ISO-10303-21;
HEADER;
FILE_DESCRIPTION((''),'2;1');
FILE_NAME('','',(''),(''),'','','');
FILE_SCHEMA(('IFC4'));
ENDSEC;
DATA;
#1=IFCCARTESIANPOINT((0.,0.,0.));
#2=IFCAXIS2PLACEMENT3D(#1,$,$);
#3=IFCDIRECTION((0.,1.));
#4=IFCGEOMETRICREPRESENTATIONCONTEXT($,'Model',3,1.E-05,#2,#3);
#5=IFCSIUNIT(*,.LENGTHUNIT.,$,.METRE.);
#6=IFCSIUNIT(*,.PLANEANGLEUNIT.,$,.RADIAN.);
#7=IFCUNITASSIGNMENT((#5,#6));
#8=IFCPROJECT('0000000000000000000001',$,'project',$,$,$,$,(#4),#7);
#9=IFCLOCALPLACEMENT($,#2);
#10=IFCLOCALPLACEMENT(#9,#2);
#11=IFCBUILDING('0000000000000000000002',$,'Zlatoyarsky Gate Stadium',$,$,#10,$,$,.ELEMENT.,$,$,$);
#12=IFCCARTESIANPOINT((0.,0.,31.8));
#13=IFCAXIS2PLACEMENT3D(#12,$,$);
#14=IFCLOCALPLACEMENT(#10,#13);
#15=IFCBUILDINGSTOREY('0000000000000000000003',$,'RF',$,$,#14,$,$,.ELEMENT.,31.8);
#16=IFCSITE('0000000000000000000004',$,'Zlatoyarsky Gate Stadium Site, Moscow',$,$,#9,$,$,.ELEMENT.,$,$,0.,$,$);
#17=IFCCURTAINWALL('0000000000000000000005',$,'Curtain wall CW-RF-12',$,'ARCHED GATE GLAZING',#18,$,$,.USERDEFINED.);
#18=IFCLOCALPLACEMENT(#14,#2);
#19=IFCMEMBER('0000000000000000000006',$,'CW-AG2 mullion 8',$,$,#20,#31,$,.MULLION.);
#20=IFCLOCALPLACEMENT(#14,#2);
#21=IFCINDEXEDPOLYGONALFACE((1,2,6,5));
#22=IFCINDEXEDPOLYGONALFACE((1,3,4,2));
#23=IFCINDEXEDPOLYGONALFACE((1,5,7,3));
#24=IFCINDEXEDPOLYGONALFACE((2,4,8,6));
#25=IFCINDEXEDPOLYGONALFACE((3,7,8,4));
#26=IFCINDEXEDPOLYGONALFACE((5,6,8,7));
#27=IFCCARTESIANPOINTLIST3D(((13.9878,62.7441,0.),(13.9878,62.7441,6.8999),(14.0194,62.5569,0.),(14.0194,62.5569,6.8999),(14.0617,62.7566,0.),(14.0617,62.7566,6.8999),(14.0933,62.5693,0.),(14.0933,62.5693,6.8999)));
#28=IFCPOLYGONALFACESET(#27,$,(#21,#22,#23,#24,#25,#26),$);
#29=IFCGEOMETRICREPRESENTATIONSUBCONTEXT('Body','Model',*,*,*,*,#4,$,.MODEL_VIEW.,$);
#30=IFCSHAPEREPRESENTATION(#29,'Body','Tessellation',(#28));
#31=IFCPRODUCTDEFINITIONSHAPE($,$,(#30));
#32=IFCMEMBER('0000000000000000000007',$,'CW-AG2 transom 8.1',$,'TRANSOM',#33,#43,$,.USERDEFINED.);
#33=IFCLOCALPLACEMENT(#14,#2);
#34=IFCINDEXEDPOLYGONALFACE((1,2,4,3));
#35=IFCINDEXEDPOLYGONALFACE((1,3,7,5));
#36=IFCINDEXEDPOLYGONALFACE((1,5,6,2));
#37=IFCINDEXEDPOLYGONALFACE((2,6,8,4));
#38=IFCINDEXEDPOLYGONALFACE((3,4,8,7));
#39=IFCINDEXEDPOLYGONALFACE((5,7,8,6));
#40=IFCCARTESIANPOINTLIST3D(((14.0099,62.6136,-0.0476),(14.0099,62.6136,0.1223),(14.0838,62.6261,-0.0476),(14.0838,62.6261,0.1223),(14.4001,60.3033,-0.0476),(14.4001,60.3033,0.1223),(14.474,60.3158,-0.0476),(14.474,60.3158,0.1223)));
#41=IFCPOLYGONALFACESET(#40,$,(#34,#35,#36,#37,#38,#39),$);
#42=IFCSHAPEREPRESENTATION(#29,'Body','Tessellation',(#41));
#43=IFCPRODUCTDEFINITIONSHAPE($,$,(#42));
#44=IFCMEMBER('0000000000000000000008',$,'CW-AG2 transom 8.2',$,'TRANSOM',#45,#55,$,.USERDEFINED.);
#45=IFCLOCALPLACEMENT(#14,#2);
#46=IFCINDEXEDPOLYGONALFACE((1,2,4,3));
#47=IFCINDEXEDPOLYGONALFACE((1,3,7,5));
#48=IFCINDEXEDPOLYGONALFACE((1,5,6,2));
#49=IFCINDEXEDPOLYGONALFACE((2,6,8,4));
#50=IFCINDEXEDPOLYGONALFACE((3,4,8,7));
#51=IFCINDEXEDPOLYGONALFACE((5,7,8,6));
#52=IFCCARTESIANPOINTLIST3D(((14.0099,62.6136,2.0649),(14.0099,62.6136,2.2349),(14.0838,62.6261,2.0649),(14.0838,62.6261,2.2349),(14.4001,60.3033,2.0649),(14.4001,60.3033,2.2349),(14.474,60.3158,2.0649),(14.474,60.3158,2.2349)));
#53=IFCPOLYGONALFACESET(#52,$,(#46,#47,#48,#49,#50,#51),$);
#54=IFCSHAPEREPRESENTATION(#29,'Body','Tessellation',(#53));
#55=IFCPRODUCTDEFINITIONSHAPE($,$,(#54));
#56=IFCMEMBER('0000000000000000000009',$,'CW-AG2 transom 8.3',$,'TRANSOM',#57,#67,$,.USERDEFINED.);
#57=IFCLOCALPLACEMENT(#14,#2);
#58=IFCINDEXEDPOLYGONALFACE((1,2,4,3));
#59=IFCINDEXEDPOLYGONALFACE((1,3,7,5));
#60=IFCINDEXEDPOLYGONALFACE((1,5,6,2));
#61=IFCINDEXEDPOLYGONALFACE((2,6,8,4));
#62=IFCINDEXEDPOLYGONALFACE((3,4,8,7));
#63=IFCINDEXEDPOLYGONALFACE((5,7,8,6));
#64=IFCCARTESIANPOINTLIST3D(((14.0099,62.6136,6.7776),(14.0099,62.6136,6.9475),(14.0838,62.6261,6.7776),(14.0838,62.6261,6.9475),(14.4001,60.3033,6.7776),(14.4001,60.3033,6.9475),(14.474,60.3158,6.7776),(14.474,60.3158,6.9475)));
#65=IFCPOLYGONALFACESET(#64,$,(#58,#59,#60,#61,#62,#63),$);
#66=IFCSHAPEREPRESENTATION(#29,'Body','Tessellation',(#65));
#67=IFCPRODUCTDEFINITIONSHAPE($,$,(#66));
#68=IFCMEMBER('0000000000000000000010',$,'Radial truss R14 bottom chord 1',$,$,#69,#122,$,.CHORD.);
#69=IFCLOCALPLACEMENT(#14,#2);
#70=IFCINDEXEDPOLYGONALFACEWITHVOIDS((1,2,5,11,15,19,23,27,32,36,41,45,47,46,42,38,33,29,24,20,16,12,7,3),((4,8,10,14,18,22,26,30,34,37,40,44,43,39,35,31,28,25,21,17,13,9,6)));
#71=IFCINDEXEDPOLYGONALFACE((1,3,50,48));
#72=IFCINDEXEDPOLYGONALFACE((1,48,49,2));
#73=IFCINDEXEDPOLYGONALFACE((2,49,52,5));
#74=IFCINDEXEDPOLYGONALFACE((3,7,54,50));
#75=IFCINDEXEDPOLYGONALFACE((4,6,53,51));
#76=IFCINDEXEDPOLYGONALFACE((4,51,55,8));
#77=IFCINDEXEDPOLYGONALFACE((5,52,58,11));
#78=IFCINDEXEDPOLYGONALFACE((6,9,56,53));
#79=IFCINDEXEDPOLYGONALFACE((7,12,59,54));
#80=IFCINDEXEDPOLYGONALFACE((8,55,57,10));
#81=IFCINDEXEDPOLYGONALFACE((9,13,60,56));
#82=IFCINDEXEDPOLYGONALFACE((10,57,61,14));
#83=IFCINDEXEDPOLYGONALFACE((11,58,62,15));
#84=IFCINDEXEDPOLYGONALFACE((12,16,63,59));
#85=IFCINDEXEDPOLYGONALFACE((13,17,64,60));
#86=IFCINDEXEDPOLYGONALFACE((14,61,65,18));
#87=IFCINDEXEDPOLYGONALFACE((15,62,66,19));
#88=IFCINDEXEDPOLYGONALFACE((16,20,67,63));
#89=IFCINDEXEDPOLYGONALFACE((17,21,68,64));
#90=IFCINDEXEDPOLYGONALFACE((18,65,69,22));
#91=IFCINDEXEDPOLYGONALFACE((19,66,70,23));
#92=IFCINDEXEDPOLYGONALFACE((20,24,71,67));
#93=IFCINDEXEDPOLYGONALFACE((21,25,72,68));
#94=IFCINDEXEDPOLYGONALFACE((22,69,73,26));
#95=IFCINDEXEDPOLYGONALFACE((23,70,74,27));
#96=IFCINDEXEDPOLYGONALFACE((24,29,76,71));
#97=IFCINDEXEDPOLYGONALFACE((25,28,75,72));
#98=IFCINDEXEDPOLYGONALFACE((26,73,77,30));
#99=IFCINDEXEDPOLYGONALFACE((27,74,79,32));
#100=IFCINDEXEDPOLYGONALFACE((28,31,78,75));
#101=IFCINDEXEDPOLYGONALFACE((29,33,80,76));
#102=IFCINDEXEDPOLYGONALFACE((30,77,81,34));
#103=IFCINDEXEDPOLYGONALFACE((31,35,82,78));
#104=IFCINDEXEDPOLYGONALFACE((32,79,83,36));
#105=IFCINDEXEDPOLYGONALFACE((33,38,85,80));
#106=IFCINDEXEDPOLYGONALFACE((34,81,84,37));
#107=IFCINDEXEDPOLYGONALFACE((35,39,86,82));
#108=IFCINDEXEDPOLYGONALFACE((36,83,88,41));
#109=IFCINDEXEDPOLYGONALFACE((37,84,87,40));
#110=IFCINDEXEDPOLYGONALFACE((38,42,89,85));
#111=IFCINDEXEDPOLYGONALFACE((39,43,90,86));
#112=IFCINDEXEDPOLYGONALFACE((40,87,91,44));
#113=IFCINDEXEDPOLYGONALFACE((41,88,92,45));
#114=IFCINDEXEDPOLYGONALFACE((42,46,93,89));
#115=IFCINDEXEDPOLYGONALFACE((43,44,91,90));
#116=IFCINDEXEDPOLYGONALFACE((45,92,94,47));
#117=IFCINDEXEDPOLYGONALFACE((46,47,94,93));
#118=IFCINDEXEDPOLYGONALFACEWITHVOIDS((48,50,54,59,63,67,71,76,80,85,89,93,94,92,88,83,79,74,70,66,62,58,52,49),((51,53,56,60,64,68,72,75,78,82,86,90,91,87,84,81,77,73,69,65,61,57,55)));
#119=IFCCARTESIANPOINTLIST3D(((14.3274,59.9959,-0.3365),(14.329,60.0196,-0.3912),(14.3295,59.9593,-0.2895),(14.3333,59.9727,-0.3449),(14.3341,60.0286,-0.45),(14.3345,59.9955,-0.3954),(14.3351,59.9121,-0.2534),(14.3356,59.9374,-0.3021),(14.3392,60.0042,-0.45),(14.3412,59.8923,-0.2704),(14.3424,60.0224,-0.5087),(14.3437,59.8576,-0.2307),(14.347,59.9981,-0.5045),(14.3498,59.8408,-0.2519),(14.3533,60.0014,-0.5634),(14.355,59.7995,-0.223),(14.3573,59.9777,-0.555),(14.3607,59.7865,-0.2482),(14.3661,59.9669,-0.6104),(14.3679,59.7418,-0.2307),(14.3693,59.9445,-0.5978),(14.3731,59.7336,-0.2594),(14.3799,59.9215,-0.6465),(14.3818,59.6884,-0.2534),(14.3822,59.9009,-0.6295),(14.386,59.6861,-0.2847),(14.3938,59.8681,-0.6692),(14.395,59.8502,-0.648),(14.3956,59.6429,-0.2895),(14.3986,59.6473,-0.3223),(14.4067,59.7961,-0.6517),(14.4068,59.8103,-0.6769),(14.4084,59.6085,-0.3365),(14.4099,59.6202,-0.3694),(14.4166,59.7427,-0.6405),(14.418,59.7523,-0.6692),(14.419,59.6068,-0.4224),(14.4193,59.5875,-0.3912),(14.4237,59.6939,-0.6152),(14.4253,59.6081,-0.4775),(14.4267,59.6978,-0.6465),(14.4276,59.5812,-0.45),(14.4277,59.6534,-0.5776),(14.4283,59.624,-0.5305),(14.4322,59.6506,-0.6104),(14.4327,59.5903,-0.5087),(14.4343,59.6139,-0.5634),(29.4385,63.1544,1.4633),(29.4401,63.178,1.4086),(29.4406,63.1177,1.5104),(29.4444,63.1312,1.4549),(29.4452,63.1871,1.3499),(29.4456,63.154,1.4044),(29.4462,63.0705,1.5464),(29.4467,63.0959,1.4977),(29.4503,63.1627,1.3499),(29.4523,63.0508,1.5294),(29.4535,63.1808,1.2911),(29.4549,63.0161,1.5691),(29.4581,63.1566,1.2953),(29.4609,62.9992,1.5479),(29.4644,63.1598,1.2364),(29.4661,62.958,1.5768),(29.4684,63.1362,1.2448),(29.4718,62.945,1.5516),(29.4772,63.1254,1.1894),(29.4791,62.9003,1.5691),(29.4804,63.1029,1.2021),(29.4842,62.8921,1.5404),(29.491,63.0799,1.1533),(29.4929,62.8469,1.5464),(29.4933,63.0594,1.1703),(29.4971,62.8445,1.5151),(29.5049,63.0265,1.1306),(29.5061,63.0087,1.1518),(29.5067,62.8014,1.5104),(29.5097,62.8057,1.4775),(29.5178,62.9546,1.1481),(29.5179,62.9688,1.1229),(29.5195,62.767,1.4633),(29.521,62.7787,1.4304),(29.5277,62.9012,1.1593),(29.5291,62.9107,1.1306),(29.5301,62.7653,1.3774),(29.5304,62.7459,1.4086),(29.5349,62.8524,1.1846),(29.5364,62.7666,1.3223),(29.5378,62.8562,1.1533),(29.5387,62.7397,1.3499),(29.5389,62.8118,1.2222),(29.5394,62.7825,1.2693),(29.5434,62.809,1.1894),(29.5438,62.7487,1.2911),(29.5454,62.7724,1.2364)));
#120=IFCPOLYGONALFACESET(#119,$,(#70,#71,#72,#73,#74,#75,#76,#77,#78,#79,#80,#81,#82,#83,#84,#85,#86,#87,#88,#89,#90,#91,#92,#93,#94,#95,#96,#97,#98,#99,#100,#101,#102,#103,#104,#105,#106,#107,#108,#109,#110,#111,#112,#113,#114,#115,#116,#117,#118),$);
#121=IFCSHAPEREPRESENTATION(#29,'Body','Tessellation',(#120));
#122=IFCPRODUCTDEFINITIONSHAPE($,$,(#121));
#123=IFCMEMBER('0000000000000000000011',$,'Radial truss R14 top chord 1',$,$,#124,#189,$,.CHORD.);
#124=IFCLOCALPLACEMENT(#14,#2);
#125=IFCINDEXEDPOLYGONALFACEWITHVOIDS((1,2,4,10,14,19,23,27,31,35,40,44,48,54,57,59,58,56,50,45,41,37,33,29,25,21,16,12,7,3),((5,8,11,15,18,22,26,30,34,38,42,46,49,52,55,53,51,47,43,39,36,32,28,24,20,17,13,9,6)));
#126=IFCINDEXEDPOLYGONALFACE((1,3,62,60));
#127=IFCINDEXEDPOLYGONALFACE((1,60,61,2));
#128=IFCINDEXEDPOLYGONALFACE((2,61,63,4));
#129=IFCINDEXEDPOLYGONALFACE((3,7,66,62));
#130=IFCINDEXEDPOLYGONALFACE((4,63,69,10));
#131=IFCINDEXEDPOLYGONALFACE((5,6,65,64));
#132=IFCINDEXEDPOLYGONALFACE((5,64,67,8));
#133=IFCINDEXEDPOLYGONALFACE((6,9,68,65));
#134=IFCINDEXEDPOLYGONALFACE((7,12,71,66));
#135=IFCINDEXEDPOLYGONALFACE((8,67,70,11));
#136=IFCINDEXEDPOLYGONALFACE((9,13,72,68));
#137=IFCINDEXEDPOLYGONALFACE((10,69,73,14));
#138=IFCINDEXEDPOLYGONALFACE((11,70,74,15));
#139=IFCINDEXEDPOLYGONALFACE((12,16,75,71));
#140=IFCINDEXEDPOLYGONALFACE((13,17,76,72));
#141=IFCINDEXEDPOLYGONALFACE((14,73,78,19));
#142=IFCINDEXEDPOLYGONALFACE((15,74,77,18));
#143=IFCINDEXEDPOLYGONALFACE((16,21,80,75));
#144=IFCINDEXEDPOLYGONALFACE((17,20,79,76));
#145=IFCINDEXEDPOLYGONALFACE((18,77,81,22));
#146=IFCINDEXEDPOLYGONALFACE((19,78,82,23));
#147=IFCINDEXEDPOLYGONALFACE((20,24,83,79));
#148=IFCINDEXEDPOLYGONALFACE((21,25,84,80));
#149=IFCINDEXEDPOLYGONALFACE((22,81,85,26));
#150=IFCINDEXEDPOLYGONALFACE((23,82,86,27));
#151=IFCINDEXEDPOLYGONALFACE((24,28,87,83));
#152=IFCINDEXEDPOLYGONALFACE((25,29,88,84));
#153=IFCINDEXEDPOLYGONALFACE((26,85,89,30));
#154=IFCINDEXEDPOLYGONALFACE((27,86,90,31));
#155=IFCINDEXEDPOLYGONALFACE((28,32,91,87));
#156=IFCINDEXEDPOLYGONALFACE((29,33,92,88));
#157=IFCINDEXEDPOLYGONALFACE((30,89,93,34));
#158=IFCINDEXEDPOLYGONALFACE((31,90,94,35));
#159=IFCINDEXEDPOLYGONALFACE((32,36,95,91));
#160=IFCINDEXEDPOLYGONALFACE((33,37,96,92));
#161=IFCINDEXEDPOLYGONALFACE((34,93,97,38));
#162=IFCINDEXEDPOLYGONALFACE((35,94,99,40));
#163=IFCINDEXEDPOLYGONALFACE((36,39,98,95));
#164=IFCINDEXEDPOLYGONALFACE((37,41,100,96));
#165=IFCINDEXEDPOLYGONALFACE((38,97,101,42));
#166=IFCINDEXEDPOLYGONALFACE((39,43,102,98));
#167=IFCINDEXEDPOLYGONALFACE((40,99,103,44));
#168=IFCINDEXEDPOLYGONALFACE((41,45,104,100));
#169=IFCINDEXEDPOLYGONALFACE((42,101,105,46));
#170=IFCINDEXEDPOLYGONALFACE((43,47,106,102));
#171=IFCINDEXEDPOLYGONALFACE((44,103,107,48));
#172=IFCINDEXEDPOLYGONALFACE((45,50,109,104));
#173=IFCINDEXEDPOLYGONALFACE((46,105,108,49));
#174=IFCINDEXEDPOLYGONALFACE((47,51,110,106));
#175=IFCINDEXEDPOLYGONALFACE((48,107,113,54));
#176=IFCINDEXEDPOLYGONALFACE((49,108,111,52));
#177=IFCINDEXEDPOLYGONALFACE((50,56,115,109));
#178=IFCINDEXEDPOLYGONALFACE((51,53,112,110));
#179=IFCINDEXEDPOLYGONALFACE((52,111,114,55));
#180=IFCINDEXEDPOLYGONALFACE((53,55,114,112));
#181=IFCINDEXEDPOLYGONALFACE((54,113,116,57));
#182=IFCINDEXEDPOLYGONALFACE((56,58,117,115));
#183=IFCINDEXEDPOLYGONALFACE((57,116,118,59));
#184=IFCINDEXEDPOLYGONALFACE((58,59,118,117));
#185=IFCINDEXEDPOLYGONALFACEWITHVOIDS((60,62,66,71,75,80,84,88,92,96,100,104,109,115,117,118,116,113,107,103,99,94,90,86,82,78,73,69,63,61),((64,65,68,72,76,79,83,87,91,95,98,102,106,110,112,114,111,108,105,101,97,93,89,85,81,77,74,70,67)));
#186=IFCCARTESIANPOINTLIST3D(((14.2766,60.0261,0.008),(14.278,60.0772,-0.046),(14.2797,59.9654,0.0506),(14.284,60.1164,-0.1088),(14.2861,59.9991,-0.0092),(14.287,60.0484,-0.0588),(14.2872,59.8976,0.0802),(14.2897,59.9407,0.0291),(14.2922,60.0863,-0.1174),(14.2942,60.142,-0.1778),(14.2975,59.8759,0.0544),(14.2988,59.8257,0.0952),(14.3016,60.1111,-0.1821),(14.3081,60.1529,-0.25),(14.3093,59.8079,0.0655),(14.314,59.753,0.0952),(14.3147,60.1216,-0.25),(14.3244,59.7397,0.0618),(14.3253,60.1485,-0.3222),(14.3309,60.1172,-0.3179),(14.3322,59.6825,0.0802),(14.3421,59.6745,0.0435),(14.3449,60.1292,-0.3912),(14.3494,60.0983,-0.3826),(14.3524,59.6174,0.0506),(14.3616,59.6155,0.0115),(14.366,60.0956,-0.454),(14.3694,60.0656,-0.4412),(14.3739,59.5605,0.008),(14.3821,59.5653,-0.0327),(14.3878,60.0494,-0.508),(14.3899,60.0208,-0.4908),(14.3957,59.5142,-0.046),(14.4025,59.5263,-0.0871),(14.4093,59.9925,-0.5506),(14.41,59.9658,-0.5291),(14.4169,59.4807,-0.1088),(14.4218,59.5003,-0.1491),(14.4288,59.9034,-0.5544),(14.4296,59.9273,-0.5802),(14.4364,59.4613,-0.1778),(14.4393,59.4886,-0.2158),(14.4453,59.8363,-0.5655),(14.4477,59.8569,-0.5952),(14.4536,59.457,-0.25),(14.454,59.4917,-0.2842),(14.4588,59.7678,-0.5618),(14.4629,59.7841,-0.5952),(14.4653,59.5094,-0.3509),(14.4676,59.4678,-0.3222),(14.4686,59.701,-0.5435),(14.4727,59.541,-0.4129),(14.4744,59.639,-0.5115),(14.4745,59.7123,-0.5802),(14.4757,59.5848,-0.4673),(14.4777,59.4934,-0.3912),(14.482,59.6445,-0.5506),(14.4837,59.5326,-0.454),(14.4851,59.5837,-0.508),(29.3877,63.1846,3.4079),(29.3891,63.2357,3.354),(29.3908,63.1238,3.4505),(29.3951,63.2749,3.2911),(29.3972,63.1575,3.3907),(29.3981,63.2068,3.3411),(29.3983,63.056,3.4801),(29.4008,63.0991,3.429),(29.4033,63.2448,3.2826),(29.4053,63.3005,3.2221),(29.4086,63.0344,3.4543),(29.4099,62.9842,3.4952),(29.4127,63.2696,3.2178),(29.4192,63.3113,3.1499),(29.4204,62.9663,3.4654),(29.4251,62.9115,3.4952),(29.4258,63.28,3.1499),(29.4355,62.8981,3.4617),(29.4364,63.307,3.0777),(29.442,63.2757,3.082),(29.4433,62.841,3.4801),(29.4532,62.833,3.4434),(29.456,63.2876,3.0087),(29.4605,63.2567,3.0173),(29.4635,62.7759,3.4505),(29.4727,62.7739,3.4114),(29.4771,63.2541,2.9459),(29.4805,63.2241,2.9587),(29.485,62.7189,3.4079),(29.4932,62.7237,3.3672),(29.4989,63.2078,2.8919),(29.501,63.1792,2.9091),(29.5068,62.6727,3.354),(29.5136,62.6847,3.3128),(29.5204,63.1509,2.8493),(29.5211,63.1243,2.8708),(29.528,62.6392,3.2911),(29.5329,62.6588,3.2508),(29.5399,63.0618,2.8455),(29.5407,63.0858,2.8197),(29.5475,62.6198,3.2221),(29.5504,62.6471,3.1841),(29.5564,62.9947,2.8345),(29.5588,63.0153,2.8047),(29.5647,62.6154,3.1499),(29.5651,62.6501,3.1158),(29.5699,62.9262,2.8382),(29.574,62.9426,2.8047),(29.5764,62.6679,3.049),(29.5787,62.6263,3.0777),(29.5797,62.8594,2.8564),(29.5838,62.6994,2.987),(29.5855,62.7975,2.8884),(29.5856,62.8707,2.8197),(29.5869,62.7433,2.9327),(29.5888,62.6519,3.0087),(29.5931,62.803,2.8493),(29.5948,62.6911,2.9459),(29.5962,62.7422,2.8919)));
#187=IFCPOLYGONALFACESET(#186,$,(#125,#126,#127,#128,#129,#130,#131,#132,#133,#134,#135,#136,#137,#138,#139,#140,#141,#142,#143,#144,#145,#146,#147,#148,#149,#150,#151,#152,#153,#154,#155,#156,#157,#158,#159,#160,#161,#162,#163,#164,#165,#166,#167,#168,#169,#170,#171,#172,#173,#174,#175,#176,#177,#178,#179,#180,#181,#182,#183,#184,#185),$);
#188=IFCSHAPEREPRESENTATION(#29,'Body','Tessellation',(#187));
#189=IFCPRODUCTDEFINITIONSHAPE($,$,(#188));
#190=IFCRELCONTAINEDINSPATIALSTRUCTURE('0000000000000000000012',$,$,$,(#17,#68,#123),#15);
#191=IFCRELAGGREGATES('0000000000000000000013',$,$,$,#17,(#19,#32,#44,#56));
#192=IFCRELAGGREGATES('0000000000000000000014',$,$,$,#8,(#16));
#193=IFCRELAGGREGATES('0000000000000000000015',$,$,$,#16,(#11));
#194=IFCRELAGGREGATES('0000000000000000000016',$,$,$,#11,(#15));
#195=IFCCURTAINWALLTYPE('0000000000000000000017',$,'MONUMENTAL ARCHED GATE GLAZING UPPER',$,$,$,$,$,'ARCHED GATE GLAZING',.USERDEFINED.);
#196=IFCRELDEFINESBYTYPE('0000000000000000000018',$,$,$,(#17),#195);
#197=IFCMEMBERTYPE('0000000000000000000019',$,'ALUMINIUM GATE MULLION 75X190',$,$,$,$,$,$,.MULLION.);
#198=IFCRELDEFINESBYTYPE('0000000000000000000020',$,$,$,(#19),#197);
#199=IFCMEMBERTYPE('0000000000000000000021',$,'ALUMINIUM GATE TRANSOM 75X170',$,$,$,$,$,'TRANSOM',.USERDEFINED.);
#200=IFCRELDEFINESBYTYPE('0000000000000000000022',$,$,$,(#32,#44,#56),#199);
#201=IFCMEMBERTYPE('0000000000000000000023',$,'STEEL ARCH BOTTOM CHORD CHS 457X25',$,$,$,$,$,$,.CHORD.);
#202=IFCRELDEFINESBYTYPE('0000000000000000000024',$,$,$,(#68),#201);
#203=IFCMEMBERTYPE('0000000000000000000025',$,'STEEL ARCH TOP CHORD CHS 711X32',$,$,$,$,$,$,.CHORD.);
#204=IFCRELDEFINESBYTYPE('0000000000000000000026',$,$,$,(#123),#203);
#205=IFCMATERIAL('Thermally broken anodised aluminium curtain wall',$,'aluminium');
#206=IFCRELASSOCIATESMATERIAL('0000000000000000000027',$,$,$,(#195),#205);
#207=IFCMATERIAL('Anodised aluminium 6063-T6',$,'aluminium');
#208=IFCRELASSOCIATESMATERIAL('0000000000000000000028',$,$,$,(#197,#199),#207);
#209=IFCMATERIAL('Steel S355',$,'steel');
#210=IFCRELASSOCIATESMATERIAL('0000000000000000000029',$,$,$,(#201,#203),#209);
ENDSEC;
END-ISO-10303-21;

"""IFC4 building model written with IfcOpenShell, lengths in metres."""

from ifc_helpers import new_model, si_unit, direction, frame, origin, origin_2d, place, context, subcontext, project, spatial, rectangle, hollow_circle, extrude, material, material_profile, profile_set, type_object, element, aggregate, save


model = new_model("IFC4")

# Units and contexts
model_context = context("Model", 3, precision=1e-05, world=origin(), true_north=direction((0.0, 1.0)))
body_context = subcontext(model_context, "Body", "Model", "MODEL_VIEW")
ifc_project = project(units=[si_unit("LENGTHUNIT", "METRE"), si_unit("PLANEANGLEUNIT", "RADIAN")], contexts=[model_context])

# Site, building, storey
site_placement = place(None, origin())
site = spatial("IfcSite", under=ifc_project, at=site_placement, Name="Zlatoyarsky Gate Stadium Site, Moscow", CompositionType="ELEMENT", RefElevation=0.0)
building_placement = place(site_placement, origin())
building = spatial("IfcBuilding", under=site, at=building_placement, Name="Zlatoyarsky Gate Stadium", CompositionType="ELEMENT")
storey_placement = place(building_placement, frame((0.0, 0.0, 31.8)))
storey = spatial("IfcBuildingStorey", under=building, at=storey_placement, Name="RF", CompositionType="ELEMENT", Elevation=31.8)

# Curtain wall, members
ifc_material_1 = material(Name="Thermally broken anodised aluminium curtain wall", Category="aluminium")
curtain_wall_type = type_object("IfcCurtainWallType", Name="MONUMENTAL ARCHED GATE GLAZING UPPER", ElementType="ARCHED GATE GLAZING", PredefinedType="USERDEFINED", material=ifc_material_1)
curtain_wall_placement = place(storey_placement, origin())
curtain_wall = element("IfcCurtainWall", 1, at=curtain_wall_placement, inside=storey, type_object=curtain_wall_type, Name="Curtain wall CW-RF-12", ObjectType="ARCHED GATE GLAZING", PredefinedType="USERDEFINED")
ifc_material_2 = material(Name="Anodised aluminium 6063-T6", Category="aluminium")
ifc_material_profile_1 = material_profile(ifc_material_2, rectangle(XDim=0.075, YDim=0.1899, at=origin_2d()), Name="ALU 75X190")
ifc_profile_set_1 = profile_set([ifc_material_profile_1], Name="Anodised aluminium 6063-T6")
member_type_1 = type_object("IfcMemberType", Name="ALUMINIUM GATE MULLION 75X190", PredefinedType="MULLION", material=ifc_profile_set_1)
member_1_placement = place(storey_placement, frame((14.0405, 62.6567, 0.0), z_axis=(0.0, 0.0, 1.0), x_axis=(0.986044, 0.166482, 0.0)))
member_1 = element("IfcMember", 2, at=member_1_placement, type_object=member_type_1, Name="CW-AG2 mullion 8", PredefinedType="MULLION", context=body_context, shape_type="SweptSolid", body=[
    extrude(rectangle(XDim=0.075, YDim=0.1899, at=origin_2d()), origin(), (0.0, 0.0, 1.0), 6.8999),
])
ifc_material_profile_2 = material_profile(ifc_material_2, rectangle(XDim=0.075, YDim=0.1699, at=origin_2d()), Name="ALU 75X170")
ifc_profile_set_2 = profile_set([ifc_material_profile_2], Name="Anodised aluminium 6063-T6")
member_type_2 = type_object("IfcMemberType", Name="ALUMINIUM GATE TRANSOM 75X170", ElementType="TRANSOM", PredefinedType="USERDEFINED", material=ifc_profile_set_2)
member_2_placement = place(storey_placement, frame((14.0469, 62.6199, 0.0374), z_axis=(0.166511, -0.98604, 0.0), x_axis=(0.98604, 0.166511, 0.0)))
member_2 = element("IfcMember", 3, at=member_2_placement, type_object=member_type_2, Name="CW-AG2 transom 8.1", ObjectType="TRANSOM", PredefinedType="USERDEFINED", context=body_context, shape_type="SweptSolid", body=[
    extrude(rectangle(XDim=0.075, YDim=0.1699, at=origin_2d()), origin(), (0.0, 0.0, 1.0), 2.343),
])
member_3_placement = place(storey_placement, frame((14.0469, 62.6199, 2.1499), z_axis=(0.166511, -0.98604, 0.0), x_axis=(0.98604, 0.166511, 0.0)))
member_3 = element("IfcMember", 4, at=member_3_placement, type_object=member_type_2, Name="CW-AG2 transom 8.2", ObjectType="TRANSOM", PredefinedType="USERDEFINED", context=body_context, shape_type="SweptSolid", body=[
    extrude(rectangle(XDim=0.075, YDim=0.1699, at=origin_2d()), origin(), (0.0, 0.0, 1.0), 2.343),
])
member_4_placement = place(storey_placement, frame((14.0469, 62.6199, 6.8625), z_axis=(0.166511, -0.98604, 0.0), x_axis=(0.98604, 0.166511, 0.0)))
member_4 = element("IfcMember", 5, at=member_4_placement, type_object=member_type_2, Name="CW-AG2 transom 8.3", ObjectType="TRANSOM", PredefinedType="USERDEFINED", context=body_context, shape_type="SweptSolid", body=[
    extrude(rectangle(XDim=0.075, YDim=0.1699, at=origin_2d()), origin(), (0.0, 0.0, 1.0), 2.343),
])

# Members
ifc_material_3 = material(Name="Steel S355", Category="steel")
ifc_material_profile_3 = material_profile(ifc_material_3, hollow_circle(Radius=0.2285, WallThickness=0.0249, at=origin_2d()), Name="CHS 457X25")
ifc_profile_set_3 = profile_set([ifc_material_profile_3], Name="Steel S355")
member_type_3 = type_object("IfcMemberType", Name="STEEL ARCH BOTTOM CHORD CHS 457X25", PredefinedType="CHORD", material=ifc_profile_set_3)
member_5_placement = place(storey_placement, frame((14.3809, 59.8049, -0.45), z_axis=(0.972262, 0.203218, 0.115801), x_axis=(-0.204594, 0.978847, 0.0)))
element("IfcMember", 6, at=member_5_placement, inside=storey, type_object=member_type_3, Name="Radial truss R14 bottom chord 1", PredefinedType="CHORD", context=body_context, shape_type="SweptSolid", body=[
    extrude(hollow_circle(Radius=0.2285, WallThickness=0.0249, at=origin_2d()), origin(), (0.0, 0.0, 1.0), 15.5422),
])
ifc_material_profile_4 = material_profile(ifc_material_3, hollow_circle(Radius=0.3555, WallThickness=0.032, at=origin_2d()), Name="CHS 711X32")
ifc_profile_set_4 = profile_set([ifc_material_profile_4], Name="Steel S355")
member_type_4 = type_object("IfcMemberType", Name="STEEL ARCH TOP CHORD CHS 711X32", PredefinedType="CHORD", material=ifc_profile_set_4)
member_6_placement = place(storey_placement, frame((14.3809, 59.8049, -0.25), z_axis=(0.955938, 0.199806, 0.21508), x_axis=(-0.204594, 0.978847, 0.0)))
element("IfcMember", 7, at=member_6_placement, inside=storey, type_object=member_type_4, Name="Radial truss R14 top chord 1", PredefinedType="CHORD", context=body_context, shape_type="SweptSolid", body=[
    extrude(hollow_circle(Radius=0.3555, WallThickness=0.032, at=origin_2d()), origin(), (0.0, 0.0, 1.0), 15.8076),
])

aggregate(curtain_wall, [member_1, member_2, member_3, member_4])

save(model, "model.ifc")
